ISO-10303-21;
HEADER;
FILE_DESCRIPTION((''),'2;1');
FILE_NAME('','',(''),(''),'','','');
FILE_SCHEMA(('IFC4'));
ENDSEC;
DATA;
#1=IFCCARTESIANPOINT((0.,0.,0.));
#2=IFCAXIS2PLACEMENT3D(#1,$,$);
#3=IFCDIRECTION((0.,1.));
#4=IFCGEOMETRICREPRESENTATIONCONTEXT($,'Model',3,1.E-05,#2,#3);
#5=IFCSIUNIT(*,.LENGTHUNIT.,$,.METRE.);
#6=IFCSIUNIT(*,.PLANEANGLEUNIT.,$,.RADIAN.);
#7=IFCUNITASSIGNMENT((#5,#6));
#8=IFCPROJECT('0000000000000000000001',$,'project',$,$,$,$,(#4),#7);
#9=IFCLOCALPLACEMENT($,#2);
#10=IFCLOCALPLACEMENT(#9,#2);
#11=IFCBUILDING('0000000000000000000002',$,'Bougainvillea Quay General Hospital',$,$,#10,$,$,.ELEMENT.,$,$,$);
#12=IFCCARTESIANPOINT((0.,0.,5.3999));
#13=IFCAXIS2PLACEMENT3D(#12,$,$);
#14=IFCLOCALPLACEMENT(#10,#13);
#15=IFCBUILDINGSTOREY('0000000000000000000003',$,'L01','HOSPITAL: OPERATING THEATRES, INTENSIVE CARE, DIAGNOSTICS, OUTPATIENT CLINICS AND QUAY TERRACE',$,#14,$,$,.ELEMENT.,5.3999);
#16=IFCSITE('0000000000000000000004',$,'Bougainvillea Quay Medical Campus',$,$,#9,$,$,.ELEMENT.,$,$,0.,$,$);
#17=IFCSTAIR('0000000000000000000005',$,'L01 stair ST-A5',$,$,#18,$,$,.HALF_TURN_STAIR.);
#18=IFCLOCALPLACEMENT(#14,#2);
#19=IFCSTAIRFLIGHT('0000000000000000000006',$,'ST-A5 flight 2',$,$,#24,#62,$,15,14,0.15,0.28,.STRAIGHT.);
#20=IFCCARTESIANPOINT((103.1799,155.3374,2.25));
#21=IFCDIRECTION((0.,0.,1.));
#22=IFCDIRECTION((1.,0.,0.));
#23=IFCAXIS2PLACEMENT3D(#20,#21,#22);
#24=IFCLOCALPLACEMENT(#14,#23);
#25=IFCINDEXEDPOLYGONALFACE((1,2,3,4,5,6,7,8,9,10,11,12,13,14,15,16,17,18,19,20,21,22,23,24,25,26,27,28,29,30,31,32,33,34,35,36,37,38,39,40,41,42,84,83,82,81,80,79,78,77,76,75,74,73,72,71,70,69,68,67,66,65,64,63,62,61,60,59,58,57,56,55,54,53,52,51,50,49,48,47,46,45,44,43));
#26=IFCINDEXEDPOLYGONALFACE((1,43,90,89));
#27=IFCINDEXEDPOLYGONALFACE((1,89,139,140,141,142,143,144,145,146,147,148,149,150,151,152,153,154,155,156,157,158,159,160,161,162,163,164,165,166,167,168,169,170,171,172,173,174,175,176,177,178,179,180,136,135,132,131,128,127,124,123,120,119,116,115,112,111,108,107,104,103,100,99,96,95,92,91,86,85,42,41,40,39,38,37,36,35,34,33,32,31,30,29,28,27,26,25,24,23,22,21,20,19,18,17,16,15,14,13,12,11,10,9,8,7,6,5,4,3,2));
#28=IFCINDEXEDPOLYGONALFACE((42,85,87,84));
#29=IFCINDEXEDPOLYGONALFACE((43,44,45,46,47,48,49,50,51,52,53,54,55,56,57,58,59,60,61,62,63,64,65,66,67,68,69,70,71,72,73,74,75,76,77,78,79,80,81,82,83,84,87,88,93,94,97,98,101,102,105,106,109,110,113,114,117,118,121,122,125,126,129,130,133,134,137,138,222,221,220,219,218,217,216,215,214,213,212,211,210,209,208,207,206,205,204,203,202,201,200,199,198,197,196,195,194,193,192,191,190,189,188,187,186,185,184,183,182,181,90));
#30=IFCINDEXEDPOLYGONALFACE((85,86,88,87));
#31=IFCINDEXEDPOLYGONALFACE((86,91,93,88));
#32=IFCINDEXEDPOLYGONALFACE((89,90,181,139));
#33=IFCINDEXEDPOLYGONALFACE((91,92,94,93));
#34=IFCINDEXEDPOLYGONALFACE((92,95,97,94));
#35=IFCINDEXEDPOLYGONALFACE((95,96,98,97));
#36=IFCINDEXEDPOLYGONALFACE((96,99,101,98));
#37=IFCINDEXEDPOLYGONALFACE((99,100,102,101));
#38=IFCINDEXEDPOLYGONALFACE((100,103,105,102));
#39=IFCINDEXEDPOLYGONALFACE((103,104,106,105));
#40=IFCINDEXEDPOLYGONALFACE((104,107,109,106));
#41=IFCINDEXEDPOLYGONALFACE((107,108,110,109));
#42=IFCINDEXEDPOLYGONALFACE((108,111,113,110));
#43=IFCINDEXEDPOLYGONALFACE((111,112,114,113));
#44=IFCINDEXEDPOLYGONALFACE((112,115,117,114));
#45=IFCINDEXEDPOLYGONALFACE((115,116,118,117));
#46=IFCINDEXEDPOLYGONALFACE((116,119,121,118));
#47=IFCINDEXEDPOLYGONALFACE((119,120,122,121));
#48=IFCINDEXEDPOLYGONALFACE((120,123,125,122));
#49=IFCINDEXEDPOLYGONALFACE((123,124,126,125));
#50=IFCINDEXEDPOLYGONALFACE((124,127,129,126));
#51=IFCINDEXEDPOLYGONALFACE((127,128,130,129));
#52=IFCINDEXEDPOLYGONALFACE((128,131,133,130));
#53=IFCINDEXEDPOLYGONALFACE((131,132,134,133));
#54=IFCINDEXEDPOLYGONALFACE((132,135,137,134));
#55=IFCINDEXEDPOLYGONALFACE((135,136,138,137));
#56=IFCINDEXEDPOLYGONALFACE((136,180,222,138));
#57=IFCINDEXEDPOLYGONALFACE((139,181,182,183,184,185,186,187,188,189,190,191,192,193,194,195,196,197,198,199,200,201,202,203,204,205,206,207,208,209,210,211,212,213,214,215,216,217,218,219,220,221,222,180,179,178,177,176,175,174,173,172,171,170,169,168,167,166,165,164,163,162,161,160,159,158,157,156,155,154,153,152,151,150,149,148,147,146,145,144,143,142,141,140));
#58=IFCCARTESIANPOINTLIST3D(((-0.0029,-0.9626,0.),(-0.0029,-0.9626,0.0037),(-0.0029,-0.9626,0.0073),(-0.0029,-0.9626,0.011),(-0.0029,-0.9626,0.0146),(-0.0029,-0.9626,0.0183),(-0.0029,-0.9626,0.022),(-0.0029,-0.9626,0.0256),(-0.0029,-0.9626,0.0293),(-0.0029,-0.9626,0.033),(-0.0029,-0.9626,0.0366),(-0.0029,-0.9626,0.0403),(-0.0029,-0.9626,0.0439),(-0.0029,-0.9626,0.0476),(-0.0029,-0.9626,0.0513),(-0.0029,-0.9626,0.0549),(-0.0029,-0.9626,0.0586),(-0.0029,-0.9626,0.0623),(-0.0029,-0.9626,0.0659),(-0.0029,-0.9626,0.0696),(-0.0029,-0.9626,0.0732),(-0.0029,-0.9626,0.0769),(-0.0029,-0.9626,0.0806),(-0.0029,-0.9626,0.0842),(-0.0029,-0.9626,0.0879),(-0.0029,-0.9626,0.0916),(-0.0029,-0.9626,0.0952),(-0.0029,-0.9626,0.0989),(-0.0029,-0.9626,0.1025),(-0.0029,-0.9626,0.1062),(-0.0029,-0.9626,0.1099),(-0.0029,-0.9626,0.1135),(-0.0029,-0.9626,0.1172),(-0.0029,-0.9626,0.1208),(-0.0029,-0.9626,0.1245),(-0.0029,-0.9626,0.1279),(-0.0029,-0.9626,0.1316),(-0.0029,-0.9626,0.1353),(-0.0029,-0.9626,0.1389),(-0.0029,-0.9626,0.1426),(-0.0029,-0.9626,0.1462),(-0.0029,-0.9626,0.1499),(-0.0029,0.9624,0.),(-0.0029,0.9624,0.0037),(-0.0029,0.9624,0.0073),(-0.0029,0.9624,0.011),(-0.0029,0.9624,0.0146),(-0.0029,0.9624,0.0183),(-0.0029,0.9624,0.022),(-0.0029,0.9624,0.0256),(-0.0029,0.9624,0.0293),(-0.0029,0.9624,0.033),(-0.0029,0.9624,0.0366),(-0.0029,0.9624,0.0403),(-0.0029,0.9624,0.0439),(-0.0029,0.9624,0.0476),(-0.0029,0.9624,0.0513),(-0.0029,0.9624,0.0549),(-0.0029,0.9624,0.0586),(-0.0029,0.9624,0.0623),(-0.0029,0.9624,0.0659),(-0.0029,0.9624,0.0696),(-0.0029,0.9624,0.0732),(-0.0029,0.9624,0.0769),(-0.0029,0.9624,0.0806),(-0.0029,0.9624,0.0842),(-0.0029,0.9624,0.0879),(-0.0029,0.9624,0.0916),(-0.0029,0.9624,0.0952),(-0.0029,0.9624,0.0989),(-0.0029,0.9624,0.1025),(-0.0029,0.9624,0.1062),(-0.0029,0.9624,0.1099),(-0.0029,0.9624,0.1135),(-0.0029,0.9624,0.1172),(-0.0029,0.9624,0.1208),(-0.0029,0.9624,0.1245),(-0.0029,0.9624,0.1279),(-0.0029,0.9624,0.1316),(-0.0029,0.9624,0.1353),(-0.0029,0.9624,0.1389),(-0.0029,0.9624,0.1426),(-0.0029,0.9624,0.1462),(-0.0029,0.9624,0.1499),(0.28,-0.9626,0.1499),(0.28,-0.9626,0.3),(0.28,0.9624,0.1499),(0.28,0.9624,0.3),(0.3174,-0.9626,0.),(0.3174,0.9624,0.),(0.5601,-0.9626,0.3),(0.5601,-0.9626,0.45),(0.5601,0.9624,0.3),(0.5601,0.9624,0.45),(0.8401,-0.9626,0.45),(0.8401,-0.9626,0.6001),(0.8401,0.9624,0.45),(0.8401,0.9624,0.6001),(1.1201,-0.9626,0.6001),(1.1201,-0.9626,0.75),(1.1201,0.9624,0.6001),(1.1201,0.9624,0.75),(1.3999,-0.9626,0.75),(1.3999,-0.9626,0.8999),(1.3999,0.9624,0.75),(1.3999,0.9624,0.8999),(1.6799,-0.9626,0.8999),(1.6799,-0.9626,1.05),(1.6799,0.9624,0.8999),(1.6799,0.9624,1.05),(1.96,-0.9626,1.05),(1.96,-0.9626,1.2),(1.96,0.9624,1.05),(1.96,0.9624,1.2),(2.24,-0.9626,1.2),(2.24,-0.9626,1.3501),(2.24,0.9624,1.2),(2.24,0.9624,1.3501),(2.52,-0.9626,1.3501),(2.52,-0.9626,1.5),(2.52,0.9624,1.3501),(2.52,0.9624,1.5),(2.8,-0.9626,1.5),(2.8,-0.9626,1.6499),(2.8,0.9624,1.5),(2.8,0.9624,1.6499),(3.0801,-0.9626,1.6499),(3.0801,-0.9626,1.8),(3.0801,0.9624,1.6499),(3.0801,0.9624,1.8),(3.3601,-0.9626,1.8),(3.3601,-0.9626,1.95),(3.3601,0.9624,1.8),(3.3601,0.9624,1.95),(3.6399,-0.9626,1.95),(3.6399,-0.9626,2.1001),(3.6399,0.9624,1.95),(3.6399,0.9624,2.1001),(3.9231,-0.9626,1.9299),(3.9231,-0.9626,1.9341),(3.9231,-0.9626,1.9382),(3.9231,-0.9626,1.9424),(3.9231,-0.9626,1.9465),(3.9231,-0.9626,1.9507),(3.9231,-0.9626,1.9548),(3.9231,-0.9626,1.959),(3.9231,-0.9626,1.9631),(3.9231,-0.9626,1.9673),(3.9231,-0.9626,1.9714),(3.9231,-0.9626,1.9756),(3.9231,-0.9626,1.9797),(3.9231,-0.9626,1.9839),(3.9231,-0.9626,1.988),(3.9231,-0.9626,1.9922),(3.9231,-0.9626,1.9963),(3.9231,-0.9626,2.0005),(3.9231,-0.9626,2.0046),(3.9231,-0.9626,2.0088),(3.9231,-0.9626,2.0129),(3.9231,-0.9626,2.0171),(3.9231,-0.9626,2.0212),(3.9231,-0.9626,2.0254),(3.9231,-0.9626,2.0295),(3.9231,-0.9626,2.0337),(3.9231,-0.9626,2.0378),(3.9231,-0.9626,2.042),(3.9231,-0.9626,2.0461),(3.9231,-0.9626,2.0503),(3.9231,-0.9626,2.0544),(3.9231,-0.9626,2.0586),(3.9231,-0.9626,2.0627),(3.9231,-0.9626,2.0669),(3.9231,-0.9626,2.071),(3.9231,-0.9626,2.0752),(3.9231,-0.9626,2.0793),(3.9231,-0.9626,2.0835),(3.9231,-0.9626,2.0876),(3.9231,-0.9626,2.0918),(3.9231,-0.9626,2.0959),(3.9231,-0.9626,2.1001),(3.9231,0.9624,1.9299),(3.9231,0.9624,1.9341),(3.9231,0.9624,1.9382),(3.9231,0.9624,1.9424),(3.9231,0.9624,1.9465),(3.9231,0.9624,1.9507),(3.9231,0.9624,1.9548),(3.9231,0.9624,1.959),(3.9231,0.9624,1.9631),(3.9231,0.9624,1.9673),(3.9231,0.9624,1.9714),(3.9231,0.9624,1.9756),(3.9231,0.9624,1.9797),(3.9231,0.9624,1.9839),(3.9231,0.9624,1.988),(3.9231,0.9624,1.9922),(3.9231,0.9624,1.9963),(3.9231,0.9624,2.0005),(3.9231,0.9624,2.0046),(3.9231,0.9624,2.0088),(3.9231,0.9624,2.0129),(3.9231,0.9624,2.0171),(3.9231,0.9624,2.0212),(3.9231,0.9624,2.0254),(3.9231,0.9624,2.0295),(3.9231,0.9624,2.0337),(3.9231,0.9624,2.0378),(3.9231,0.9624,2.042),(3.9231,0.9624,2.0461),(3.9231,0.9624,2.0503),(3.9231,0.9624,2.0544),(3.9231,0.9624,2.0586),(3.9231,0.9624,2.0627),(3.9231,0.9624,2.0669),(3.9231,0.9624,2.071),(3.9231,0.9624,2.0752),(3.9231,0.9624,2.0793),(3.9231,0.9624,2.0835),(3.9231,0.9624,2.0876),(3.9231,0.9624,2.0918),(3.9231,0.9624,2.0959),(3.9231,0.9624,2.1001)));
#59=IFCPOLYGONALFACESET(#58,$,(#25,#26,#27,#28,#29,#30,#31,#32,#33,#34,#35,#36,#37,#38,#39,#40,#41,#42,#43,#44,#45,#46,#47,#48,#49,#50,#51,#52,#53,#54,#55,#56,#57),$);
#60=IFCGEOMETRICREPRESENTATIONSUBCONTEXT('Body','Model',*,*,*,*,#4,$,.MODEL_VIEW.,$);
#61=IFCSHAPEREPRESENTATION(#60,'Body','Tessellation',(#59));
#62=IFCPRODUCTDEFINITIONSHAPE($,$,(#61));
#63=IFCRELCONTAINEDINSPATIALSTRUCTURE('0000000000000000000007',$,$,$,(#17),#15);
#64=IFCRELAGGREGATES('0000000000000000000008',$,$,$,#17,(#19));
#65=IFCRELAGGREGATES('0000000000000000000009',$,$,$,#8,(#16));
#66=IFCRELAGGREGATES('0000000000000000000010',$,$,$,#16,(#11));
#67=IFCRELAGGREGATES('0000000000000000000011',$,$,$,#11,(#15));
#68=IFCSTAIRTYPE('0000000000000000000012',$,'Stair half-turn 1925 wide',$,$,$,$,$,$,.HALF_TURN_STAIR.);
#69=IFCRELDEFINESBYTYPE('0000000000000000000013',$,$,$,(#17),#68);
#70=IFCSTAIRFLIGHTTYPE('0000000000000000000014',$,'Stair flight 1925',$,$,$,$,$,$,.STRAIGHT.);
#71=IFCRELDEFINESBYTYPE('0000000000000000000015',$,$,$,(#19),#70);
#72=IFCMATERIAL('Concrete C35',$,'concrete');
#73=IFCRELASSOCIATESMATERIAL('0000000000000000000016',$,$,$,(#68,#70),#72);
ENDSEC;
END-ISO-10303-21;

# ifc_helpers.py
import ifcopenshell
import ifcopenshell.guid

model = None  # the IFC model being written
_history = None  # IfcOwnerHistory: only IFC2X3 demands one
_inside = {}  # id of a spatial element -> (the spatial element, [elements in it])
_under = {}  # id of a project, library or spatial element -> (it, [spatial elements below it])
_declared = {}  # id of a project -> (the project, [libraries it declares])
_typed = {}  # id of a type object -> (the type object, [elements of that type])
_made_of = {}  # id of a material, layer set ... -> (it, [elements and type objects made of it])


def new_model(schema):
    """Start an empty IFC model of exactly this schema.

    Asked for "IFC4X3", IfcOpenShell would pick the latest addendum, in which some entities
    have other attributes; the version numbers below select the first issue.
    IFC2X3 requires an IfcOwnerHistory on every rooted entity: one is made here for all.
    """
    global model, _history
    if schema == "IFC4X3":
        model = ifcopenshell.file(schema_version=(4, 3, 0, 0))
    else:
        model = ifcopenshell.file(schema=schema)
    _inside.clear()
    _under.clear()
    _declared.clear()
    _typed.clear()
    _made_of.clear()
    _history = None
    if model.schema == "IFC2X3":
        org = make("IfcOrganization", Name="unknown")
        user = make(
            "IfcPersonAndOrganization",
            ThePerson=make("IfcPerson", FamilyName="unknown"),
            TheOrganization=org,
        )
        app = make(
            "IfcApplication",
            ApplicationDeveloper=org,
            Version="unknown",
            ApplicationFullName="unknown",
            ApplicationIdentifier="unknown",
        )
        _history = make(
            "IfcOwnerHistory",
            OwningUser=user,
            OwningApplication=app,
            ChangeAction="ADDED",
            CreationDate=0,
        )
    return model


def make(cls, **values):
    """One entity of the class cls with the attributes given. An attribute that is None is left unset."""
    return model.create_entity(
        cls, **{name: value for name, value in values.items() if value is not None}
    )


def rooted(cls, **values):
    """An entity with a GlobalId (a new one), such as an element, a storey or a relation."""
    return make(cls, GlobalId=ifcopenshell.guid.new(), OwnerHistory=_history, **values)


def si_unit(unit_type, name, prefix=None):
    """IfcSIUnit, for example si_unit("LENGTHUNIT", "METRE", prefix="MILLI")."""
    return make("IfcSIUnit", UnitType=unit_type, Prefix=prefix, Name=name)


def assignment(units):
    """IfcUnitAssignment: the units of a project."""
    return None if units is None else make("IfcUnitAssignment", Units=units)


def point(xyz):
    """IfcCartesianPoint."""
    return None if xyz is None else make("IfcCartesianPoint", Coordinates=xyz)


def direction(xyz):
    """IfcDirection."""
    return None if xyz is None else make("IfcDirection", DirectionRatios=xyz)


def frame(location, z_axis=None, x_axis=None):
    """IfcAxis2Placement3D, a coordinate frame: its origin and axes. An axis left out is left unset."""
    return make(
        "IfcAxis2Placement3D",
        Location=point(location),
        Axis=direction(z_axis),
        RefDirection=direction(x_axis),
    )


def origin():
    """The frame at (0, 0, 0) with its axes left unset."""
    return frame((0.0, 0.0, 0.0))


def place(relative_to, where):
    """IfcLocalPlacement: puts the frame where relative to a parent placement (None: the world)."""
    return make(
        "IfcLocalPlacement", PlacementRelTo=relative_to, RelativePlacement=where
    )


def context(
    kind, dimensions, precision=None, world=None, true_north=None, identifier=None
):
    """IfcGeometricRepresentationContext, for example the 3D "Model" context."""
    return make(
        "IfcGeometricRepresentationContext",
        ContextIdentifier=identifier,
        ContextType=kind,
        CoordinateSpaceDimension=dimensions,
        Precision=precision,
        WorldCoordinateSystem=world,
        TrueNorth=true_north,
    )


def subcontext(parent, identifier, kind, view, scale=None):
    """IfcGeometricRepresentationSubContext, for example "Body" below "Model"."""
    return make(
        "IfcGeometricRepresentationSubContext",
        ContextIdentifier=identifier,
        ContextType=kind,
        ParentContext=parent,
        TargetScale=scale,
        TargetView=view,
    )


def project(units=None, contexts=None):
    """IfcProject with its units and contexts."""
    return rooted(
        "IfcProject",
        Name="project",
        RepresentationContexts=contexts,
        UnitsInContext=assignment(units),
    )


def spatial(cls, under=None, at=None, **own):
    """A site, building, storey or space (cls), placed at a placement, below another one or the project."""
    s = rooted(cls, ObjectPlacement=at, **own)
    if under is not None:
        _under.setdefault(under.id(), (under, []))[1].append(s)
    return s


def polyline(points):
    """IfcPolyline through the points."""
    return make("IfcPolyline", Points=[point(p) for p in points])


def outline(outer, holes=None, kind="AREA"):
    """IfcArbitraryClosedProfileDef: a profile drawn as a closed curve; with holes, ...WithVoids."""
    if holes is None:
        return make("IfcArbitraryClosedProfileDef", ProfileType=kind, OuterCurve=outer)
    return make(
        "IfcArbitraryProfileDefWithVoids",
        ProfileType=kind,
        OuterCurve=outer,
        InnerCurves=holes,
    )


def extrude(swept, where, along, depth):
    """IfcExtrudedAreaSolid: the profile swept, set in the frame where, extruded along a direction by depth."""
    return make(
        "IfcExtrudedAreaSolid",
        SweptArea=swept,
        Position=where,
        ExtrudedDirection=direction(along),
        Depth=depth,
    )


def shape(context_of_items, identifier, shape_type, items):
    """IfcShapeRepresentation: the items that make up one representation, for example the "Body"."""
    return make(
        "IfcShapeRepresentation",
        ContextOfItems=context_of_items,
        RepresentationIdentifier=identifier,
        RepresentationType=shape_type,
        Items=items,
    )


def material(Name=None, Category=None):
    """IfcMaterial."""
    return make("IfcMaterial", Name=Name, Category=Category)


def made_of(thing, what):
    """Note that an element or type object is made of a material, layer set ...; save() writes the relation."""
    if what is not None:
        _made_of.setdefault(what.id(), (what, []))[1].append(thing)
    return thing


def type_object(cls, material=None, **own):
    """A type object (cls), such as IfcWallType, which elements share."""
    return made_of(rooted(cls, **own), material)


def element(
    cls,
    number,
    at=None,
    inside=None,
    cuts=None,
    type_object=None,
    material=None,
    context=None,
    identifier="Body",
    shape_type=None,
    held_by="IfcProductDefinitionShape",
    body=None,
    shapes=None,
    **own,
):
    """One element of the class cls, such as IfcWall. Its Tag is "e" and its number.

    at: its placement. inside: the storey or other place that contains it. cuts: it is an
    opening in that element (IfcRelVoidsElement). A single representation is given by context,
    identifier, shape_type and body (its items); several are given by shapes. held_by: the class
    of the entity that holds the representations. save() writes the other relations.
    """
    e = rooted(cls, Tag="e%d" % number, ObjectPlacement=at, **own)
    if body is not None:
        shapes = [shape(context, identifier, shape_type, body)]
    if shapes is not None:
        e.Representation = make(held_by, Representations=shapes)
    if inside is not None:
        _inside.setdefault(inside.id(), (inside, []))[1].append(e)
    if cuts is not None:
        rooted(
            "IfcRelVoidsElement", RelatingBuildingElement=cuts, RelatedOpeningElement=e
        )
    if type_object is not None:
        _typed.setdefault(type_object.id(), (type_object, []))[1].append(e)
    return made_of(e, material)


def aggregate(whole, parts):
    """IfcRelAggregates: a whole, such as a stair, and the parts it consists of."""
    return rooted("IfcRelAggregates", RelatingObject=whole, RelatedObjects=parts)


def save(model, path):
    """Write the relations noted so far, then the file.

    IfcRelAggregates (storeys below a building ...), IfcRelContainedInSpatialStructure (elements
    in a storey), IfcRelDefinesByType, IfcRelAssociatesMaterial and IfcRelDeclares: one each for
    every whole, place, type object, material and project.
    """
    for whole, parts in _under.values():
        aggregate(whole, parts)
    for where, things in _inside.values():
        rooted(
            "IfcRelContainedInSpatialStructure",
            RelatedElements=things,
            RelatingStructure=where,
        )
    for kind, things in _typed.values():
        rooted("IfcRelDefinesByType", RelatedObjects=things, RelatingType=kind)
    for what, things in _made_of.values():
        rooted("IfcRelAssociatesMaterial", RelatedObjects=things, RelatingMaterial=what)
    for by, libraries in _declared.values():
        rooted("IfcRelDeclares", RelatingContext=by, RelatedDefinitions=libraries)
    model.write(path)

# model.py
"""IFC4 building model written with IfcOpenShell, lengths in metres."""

from ifc_helpers import new_model, si_unit, direction, frame, origin, place, context, subcontext, project, spatial, polyline, outline, extrude, material, type_object, element, aggregate, save


model = new_model("IFC4")

# Units and contexts
model_context = context("Model", 3, precision=1e-05, world=origin(), true_north=direction((0.0, 1.0)))
body_context = subcontext(model_context, "Body", "Model", "MODEL_VIEW")
ifc_project = project(units=[si_unit("LENGTHUNIT", "METRE"), si_unit("PLANEANGLEUNIT", "RADIAN")], contexts=[model_context])

# Site, building, storey
site_placement = place(None, origin())
site = spatial("IfcSite", under=ifc_project, at=site_placement, Name="Bougainvillea Quay Medical Campus", CompositionType="ELEMENT", RefElevation=0.0)
building_placement = place(site_placement, origin())
building = spatial("IfcBuilding", under=site, at=building_placement, Name="Bougainvillea Quay General Hospital", CompositionType="ELEMENT")
storey_placement = place(building_placement, frame((0.0, 0.0, 5.3999)))
storey = spatial("IfcBuildingStorey", under=building, at=storey_placement, Name="L01", Description="HOSPITAL: OPERATING THEATRES, INTENSIVE CARE, DIAGNOSTICS, OUTPATIENT CLINICS AND QUAY TERRACE", CompositionType="ELEMENT", Elevation=5.3999)

# Stair, stair flight
ifc_material_1 = material(Name="Concrete C35", Category="concrete")
stair_type = type_object("IfcStairType", Name="Stair half-turn 1925 wide", PredefinedType="HALF_TURN_STAIR", material=ifc_material_1)
stair_placement = place(storey_placement, origin())
stair = element("IfcStair", 1, at=stair_placement, inside=storey, type_object=stair_type, Name="L01 stair ST-A5", PredefinedType="HALF_TURN_STAIR")
stair_flight_type = type_object("IfcStairFlightType", Name="Stair flight 1925", PredefinedType="STRAIGHT", material=ifc_material_1)
stair_flight_placement = place(storey_placement, frame((103.1799, 155.3374, 2.25), z_axis=(0.0, 0.0, 1.0), x_axis=(1.0, 0.0, 0.0)))
stair_flight = element("IfcStairFlight", 2, at=stair_flight_placement, type_object=stair_flight_type, Name="ST-A5 flight 2", NumberOfRisers=15, NumberOfTreads=14, PredefinedType="STRAIGHT", RiserHeight=0.15, TreadLength=0.28, context=body_context, shape_type="SweptSolid", body=[
    extrude(outline(polyline([(-0.0029, 0.0), (-0.0029, 0.0037), (-0.0029, 0.0073), (-0.0029, 0.011), (-0.0029, 0.0146), (-0.0029, 0.0183), (-0.0029, 0.022), (-0.0029, 0.0256), (-0.0029, 0.0293), (-0.0029, 0.033), (-0.0029, 0.0366), (-0.0029, 0.0403), (-0.0029, 0.0439), (-0.0029, 0.0476), (-0.0029, 0.0513), (-0.0029, 0.0549), (-0.0029, 0.0586), (-0.0029, 0.0623), (-0.0029, 0.0659), (-0.0029, 0.0696), (-0.0029, 0.0732), (-0.0029, 0.0769), (-0.0029, 0.0806), (-0.0029, 0.0842), (-0.0029, 0.0879), (-0.0029, 0.0916), (-0.0029, 0.0952), (-0.0029, 0.0989), (-0.0029, 0.1025), (-0.0029, 0.1062), (-0.0029, 0.1099), (-0.0029, 0.1135), (-0.0029, 0.1172), (-0.0029, 0.1208), (-0.0029, 0.1245), (-0.0029, 0.1279), (-0.0029, 0.1316), (-0.0029, 0.1353), (-0.0029, 0.1389), (-0.0029, 0.1426), (-0.0029, 0.1462), (-0.0029, 0.1499), (0.28, 0.1499), (0.28, 0.3), (0.5601, 0.3), (0.5601, 0.45), (0.8401, 0.45), (0.8401, 0.6001), (1.1201, 0.6001), (1.1201, 0.75), (1.3999, 0.75), (1.3999, 0.8999), (1.6799, 0.8999), (1.6799, 1.05), (1.96, 1.05), (1.96, 1.2), (2.24, 1.2), (2.24, 1.3501), (2.52, 1.3501), (2.52, 1.5), (2.8, 1.5), (2.8, 1.6499), (3.0801, 1.6499), (3.0801, 1.8), (3.3601, 1.8), (3.3601, 1.95), (3.6399, 1.95), (3.6399, 2.1001), (3.9231, 2.1001), (3.9231, 2.0959), (3.9231, 2.0918), (3.9231, 2.0876), (3.9231, 2.0835), (3.9231, 2.0793), (3.9231, 2.0752), (3.9231, 2.071), (3.9231, 2.0669), (3.9231, 2.0627), (3.9231, 2.0586), (3.9231, 2.0544), (3.9231, 2.0503), (3.9231, 2.0461), (3.9231, 2.042), (3.9231, 2.0378), (3.9231, 2.0337), (3.9231, 2.0295), (3.9231, 2.0254), (3.9231, 2.0212), (3.9231, 2.0171), (3.9231, 2.0129), (3.9231, 2.0088), (3.9231, 2.0046), (3.9231, 2.0005), (3.9231, 1.9963), (3.9231, 1.9922), (3.9231, 1.988), (3.9231, 1.9839), (3.9231, 1.9797), (3.9231, 1.9756), (3.9231, 1.9714), (3.9231, 1.9673), (3.9231, 1.9631), (3.9231, 1.959), (3.9231, 1.9548), (3.9231, 1.9507), (3.9231, 1.9465), (3.9231, 1.9424), (3.9231, 1.9382), (3.9231, 1.9341), (3.9231, 1.9299), (0.3174, 0.0), (-0.0029, 0.0)])), frame((0.0, 0.9624, 0.0), z_axis=(0.0, -1.0, 0.0), x_axis=(1.0, 0.0, 0.0)), (0.0, 0.0, 1.0), 1.925),
])
aggregate(stair, [stair_flight])

save(model, "model.ifc")
